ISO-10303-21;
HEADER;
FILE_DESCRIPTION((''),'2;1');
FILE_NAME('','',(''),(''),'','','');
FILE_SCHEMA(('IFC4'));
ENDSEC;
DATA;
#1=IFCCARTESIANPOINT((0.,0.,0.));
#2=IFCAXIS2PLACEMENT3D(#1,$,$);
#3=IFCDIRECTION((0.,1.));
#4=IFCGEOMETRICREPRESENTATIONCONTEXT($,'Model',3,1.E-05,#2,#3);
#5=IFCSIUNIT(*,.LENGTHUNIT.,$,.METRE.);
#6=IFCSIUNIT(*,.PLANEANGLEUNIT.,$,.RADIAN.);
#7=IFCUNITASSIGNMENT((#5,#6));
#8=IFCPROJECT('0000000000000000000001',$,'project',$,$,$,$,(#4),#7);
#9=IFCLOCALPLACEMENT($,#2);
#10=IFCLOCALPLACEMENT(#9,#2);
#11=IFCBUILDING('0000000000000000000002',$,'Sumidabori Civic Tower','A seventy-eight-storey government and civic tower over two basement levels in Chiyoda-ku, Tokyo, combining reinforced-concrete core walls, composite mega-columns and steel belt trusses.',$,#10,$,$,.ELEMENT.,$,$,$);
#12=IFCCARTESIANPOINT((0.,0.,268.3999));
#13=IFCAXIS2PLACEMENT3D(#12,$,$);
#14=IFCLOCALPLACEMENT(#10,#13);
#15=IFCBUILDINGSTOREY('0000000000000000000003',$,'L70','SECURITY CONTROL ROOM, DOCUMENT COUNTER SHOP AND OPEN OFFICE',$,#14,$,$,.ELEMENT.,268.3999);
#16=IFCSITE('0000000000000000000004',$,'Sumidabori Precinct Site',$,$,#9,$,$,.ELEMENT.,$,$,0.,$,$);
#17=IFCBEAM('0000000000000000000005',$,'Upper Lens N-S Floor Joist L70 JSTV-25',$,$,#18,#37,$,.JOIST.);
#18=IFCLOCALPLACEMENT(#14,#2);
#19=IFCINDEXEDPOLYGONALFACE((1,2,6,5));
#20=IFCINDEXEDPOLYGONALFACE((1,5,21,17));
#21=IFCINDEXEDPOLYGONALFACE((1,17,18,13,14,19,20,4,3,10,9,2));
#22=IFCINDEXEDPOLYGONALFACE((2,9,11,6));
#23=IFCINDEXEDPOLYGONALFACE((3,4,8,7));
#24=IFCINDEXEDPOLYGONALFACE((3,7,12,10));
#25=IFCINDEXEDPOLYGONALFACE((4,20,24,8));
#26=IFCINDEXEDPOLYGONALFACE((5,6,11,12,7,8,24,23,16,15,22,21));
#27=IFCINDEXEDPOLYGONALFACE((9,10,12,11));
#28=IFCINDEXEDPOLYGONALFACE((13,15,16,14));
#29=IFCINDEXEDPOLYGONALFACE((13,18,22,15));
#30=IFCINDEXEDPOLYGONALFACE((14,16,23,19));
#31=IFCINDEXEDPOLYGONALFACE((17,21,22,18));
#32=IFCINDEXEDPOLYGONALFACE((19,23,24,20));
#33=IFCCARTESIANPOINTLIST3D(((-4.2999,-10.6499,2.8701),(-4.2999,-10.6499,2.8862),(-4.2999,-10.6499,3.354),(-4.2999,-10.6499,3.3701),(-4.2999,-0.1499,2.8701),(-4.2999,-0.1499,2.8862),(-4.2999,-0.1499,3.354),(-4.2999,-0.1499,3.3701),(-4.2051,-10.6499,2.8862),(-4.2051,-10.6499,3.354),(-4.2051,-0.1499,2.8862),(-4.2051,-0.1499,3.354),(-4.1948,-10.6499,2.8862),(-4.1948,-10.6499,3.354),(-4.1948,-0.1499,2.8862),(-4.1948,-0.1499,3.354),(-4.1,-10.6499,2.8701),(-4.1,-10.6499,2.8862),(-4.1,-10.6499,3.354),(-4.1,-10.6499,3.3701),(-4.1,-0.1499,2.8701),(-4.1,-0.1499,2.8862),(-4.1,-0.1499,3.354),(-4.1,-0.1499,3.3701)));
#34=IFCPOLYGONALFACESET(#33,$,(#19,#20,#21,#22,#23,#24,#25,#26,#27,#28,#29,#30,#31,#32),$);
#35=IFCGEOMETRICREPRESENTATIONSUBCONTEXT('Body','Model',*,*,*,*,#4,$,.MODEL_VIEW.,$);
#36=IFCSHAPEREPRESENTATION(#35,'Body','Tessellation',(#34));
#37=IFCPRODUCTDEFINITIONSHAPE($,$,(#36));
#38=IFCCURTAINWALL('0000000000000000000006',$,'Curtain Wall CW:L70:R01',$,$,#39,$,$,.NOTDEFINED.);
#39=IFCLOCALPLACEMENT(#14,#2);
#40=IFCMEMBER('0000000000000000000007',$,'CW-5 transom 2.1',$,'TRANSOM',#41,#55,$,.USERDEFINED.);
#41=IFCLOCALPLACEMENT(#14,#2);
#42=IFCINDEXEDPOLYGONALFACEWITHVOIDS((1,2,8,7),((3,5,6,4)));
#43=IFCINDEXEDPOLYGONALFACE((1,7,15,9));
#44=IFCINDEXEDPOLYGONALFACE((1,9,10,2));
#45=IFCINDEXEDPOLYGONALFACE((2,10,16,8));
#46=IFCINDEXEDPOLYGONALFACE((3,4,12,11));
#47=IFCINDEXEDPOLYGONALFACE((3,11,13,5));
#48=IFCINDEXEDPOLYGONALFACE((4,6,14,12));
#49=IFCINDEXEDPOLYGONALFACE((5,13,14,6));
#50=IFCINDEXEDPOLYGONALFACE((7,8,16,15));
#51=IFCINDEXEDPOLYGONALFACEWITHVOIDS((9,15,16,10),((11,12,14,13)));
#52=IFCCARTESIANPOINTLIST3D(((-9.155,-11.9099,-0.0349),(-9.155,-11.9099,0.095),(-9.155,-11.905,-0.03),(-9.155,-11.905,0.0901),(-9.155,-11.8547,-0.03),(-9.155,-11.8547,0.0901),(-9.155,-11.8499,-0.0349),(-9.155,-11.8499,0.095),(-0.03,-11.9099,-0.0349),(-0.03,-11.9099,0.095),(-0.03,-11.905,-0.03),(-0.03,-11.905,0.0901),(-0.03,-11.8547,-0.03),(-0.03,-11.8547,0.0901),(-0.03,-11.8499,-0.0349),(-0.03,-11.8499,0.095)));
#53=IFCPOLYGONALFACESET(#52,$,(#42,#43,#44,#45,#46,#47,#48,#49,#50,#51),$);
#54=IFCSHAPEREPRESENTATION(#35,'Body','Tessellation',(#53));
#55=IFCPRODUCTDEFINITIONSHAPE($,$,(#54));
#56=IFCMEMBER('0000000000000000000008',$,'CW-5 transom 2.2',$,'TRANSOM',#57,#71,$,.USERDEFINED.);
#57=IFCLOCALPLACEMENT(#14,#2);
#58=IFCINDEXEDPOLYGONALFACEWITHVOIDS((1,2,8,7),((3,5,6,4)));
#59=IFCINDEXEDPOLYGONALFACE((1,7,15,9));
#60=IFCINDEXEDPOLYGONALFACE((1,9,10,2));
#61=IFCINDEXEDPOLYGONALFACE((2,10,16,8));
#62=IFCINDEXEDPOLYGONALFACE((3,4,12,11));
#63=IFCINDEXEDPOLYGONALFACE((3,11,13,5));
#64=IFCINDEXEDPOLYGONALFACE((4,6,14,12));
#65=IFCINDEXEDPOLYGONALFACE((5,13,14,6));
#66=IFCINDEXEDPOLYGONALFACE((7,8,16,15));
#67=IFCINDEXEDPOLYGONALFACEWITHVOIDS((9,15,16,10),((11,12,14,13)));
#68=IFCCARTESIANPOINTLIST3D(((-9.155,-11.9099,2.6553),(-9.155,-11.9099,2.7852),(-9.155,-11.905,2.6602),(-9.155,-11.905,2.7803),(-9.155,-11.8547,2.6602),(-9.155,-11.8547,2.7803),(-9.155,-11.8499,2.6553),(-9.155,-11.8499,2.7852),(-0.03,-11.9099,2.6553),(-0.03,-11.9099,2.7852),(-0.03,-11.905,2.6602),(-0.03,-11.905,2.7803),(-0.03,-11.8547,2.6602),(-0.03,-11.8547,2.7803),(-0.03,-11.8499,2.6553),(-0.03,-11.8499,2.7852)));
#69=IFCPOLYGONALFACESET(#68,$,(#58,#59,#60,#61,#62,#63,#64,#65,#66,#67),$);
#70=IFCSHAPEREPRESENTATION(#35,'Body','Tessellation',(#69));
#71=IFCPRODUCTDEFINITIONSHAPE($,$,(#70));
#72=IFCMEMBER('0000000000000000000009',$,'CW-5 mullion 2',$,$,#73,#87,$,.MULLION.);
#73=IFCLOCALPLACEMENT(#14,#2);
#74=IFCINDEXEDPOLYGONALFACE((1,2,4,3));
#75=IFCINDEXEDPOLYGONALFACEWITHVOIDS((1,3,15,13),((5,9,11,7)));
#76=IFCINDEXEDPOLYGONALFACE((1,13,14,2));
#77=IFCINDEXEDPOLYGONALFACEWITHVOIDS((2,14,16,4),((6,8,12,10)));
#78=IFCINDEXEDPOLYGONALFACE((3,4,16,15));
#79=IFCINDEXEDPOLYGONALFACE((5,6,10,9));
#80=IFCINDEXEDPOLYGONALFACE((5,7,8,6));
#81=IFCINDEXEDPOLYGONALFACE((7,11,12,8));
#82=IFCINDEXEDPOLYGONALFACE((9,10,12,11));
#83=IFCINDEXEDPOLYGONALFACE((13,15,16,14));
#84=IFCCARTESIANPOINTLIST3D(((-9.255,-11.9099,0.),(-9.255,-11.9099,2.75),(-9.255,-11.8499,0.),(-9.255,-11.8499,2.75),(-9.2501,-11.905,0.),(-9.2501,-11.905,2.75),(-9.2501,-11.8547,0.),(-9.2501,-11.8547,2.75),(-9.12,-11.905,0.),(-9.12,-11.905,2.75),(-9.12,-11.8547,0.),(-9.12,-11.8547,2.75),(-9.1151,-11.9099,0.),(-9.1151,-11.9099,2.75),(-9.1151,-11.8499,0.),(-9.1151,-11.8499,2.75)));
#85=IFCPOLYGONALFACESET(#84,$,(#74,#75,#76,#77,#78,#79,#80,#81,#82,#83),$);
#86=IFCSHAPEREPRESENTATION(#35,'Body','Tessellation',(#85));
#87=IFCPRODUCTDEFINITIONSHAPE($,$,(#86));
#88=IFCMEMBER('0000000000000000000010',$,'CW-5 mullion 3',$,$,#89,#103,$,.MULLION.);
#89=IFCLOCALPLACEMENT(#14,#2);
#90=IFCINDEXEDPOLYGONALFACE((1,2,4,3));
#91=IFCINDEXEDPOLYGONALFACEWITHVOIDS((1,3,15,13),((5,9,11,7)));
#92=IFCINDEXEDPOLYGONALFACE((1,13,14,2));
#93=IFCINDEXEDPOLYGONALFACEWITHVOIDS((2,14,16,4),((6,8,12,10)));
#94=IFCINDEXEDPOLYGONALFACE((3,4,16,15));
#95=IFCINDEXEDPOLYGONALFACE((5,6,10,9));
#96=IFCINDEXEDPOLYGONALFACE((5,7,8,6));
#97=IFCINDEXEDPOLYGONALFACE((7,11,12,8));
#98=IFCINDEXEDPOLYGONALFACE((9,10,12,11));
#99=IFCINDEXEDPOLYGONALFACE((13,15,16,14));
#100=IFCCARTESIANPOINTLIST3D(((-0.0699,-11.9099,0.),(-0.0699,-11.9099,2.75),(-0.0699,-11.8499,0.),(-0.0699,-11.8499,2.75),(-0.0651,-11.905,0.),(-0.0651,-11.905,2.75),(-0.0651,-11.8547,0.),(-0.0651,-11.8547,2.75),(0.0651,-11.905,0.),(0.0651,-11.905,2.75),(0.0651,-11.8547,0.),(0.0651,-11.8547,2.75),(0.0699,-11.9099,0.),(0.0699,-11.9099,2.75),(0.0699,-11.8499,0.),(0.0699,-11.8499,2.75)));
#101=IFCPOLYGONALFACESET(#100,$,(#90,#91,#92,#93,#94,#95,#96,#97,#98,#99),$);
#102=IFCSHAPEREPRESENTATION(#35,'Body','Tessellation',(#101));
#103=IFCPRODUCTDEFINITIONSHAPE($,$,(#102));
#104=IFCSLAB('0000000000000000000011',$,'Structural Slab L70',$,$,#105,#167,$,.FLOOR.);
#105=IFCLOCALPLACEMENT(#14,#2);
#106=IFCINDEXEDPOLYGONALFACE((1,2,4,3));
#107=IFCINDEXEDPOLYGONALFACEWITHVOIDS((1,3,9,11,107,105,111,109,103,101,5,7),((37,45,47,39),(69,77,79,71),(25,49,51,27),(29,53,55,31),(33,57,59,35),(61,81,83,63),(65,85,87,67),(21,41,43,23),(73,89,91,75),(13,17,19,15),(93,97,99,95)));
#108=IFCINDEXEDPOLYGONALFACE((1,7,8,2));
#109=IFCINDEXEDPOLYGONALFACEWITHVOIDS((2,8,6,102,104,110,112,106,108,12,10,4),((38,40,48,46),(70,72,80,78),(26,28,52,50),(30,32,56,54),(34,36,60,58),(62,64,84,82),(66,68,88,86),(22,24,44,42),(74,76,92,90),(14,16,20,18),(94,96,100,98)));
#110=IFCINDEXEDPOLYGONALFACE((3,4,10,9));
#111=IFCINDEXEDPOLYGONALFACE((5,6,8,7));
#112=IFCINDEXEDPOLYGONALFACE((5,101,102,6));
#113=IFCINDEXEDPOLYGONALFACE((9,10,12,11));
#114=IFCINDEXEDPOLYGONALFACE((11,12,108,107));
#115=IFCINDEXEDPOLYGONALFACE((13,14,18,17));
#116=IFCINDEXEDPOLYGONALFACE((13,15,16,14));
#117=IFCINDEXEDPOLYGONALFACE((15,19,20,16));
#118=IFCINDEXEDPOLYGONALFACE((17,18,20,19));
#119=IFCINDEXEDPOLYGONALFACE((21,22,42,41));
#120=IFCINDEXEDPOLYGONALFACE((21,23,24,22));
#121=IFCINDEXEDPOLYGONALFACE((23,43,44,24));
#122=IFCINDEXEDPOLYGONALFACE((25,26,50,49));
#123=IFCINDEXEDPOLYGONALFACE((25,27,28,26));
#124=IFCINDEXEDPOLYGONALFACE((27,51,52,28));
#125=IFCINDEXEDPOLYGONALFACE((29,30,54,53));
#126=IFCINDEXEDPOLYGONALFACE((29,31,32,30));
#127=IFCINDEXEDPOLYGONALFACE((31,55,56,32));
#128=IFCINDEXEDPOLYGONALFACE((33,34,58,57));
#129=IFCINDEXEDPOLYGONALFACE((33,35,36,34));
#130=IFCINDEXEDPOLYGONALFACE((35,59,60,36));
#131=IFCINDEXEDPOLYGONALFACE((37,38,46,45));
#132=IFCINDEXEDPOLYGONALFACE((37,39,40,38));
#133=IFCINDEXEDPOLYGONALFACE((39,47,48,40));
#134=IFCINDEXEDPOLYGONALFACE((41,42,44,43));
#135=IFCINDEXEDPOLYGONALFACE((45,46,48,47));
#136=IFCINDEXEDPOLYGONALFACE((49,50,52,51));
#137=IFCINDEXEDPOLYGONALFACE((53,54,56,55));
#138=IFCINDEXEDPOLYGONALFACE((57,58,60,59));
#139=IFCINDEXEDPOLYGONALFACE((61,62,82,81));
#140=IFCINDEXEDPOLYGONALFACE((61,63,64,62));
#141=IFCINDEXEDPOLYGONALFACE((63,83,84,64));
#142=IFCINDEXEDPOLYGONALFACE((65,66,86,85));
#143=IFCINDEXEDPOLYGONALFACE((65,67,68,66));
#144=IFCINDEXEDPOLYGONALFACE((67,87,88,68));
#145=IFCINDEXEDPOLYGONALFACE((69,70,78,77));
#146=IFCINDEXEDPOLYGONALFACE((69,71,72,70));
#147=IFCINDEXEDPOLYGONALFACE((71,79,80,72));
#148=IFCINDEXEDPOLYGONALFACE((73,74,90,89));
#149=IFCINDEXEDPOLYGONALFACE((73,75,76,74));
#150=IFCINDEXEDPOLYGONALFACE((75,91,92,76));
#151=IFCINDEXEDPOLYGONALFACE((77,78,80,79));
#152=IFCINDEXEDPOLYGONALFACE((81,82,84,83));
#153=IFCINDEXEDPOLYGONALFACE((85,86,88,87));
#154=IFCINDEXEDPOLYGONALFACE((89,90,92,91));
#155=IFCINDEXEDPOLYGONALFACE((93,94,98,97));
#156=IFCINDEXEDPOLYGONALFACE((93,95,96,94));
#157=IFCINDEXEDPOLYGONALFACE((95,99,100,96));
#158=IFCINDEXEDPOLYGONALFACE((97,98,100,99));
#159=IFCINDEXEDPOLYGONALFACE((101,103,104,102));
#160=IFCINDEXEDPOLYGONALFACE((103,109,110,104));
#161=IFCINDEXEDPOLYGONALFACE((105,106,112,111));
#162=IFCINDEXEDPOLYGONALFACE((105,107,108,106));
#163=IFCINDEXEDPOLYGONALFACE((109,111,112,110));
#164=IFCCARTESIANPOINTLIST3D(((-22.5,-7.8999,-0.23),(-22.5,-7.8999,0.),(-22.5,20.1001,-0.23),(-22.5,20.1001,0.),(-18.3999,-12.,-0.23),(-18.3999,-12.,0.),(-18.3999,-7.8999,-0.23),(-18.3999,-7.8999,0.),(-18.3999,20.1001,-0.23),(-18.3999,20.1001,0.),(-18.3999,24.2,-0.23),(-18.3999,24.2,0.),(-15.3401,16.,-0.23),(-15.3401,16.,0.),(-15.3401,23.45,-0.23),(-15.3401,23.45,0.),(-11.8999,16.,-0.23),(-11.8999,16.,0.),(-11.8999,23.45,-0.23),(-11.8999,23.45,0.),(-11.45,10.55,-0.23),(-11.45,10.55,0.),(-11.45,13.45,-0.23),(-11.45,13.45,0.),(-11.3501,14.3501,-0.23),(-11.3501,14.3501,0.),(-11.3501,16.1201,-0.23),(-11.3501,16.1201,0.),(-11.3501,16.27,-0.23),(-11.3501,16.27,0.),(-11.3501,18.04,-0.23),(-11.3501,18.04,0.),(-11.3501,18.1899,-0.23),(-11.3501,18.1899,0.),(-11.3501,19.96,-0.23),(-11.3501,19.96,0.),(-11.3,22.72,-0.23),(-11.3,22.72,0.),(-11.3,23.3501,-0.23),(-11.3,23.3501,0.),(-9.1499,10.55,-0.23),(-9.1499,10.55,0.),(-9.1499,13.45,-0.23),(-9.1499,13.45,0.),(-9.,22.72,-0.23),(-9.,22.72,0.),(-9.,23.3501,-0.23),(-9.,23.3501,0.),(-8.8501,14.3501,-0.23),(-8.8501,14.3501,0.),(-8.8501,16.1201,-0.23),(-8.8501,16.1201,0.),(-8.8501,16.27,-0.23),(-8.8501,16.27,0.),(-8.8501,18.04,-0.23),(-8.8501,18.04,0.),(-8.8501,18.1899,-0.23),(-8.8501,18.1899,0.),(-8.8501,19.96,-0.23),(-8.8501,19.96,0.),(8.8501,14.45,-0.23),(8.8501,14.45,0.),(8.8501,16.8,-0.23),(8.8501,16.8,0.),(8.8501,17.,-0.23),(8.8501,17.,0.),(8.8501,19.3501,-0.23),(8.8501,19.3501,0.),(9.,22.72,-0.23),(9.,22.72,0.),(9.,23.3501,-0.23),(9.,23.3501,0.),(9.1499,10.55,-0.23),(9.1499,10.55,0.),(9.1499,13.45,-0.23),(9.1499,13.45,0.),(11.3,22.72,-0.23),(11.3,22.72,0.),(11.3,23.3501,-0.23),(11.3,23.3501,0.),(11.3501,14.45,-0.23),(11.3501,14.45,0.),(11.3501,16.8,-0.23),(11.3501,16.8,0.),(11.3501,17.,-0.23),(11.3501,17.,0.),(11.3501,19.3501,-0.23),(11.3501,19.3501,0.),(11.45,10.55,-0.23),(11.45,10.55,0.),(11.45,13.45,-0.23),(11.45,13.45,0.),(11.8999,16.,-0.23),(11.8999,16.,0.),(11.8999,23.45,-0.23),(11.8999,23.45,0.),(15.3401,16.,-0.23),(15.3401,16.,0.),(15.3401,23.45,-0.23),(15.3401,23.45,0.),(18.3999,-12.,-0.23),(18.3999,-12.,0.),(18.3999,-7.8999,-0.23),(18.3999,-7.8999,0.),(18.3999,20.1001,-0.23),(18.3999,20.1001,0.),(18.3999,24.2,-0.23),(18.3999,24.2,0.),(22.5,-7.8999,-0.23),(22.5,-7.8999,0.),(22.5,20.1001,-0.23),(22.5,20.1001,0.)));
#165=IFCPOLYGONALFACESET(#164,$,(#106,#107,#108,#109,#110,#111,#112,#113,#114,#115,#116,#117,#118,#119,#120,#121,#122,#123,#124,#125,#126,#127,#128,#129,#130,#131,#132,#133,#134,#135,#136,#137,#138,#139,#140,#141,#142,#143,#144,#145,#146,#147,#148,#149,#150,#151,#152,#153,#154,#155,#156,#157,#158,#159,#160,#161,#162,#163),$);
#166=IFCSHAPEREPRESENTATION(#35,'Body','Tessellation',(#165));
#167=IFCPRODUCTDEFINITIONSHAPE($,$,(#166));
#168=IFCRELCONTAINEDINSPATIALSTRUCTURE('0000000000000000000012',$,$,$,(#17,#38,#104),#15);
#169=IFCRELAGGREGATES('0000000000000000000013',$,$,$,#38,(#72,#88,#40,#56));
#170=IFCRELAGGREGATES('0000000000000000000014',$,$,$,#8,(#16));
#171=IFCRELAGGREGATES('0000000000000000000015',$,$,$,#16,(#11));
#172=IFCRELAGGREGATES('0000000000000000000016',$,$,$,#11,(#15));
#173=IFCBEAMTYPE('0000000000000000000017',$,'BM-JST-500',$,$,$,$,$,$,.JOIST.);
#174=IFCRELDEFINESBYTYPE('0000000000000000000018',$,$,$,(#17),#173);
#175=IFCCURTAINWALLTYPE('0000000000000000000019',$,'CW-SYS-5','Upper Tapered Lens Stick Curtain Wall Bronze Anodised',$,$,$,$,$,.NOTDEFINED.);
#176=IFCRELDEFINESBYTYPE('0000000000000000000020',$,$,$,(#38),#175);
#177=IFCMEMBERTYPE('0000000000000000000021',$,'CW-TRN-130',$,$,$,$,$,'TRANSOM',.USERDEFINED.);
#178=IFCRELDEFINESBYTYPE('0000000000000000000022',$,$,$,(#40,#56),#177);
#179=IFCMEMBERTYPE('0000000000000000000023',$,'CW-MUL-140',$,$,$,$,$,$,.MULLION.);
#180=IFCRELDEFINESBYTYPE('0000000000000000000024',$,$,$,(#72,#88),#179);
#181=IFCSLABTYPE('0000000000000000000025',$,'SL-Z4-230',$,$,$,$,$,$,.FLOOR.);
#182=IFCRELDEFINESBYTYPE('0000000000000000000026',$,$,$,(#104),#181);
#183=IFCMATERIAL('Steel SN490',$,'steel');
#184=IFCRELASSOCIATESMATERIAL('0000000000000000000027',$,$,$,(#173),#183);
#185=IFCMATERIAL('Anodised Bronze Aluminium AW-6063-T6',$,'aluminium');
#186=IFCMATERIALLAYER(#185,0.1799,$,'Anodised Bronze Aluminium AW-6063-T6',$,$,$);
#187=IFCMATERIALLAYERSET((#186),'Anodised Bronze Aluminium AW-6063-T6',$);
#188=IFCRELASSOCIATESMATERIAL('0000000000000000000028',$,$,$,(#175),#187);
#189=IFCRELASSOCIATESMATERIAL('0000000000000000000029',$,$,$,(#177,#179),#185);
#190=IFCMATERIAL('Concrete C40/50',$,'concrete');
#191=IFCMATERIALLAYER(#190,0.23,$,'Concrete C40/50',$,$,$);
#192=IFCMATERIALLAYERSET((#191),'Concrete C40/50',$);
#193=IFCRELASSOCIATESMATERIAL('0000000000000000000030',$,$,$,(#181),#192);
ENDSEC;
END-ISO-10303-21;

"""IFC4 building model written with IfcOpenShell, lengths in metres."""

from ifc_helpers import new_model, si_unit, direction, frame, origin, origin_2d, place, context, subcontext, project, spatial, polyline, hollow_rectangle, i_section, outline, extrude, source, transform, mapped, material, layer, layer_set, material_profile, profile_set, type_object, element, aggregate, save


model = new_model("IFC4")

# Units and contexts
model_context = context("Model", 3, precision=1e-05, world=origin(), true_north=direction((0.0, 1.0)))
body_context = subcontext(model_context, "Body", "Model", "MODEL_VIEW")
ifc_project = project(units=[si_unit("LENGTHUNIT", "METRE"), si_unit("PLANEANGLEUNIT", "RADIAN")], contexts=[model_context])

# Site, building, storey
site_placement = place(None, origin())
site = spatial("IfcSite", under=ifc_project, at=site_placement, Name="Sumidabori Precinct Site", CompositionType="ELEMENT", RefElevation=0.0)
building_placement = place(site_placement, origin())
building = spatial("IfcBuilding", under=site, at=building_placement, Name="Sumidabori Civic Tower", Description="A seventy-eight-storey government and civic tower over two basement levels in Chiyoda-ku, Tokyo, combining reinforced-concrete core walls, composite mega-columns and steel belt trusses.", CompositionType="ELEMENT")
storey_placement = place(building_placement, frame((0.0, 0.0, 268.3999)))
storey = spatial("IfcBuildingStorey", under=building, at=storey_placement, Name="L70", Description="SECURITY CONTROL ROOM, DOCUMENT COUNTER SHOP AND OPEN OFFICE", CompositionType="ELEMENT", Elevation=268.3999)

# Shared definitions
ifc_material_1 = material(Name="Steel SN490", Category="steel")

# Beam
ifc_material_profile_1 = material_profile(ifc_material_1, i_section(OverallWidth=0.2, OverallDepth=0.5, WebThickness=0.0103, FlangeThickness=0.0161, at=origin_2d()), Name="IPE 500")
ifc_profile_set_1 = profile_set([ifc_material_profile_1], Name="Steel SN490")
beam_type_1 = type_object("IfcBeamType", Name="BM-JST-500", PredefinedType="JOIST", material=ifc_profile_set_1)
shared_shape_1 = source(origin(), body_context, "Body", "SweptSolid", [
    extrude(i_section(OverallWidth=0.2, OverallDepth=0.5, WebThickness=0.0103, FlangeThickness=0.0161, at=origin_2d()), origin(), (0.0, 0.0, 1.0), 10.5),
])
for number, where, z_axis, x_axis, name in (
    (1, (-4.2, -10.6499, 3.1201), (0.0, 1.0, 0.0), (-1.0, 0.0, 0.0), "Upper Lens N-S Floor Joist L70 JSTV-25"),
):
    element("IfcBeam", number, at=place(storey_placement, frame(where, z_axis=z_axis, x_axis=x_axis)), inside=storey, type_object=beam_type_1, Name=name, PredefinedType="JOIST", context=body_context, shape_type="MappedRepresentation", body=[
        mapped(shared_shape_1, transform((0.0, 0.0, 0.0), x_axis=(1.0, 0.0, 0.0), y_axis=(0.0, 1.0, 0.0), z_axis=(0.0, 0.0, 1.0), scale=1.0)),
    ])

# Curtain wall, members
ifc_material_2 = material(Name="Anodised Bronze Aluminium AW-6063-T6", Category="aluminium")
ifc_layer_1 = layer(ifc_material_2, 0.1799, Name="Anodised Bronze Aluminium AW-6063-T6")
ifc_layer_set_1 = layer_set([ifc_layer_1], Name="Anodised Bronze Aluminium AW-6063-T6")
curtain_wall_type = type_object("IfcCurtainWallType", Name="CW-SYS-5", Description="Upper Tapered Lens Stick Curtain Wall Bronze Anodised", PredefinedType="NOTDEFINED", material=ifc_layer_set_1)
curtain_wall_placement = place(storey_placement, origin())
curtain_wall = element("IfcCurtainWall", 2, at=curtain_wall_placement, inside=storey, type_object=curtain_wall_type, Name="Curtain Wall CW:L70:R01", PredefinedType="NOTDEFINED")
ifc_material_profile_2 = material_profile(ifc_material_2, hollow_rectangle(XDim=0.0601, YDim=0.1299, WallThickness=0.0049, at=origin_2d()), Name="ALU TRANSOM 130x60")
ifc_profile_set_2 = profile_set([ifc_material_profile_2], Name="Anodised Bronze Aluminium AW-6063-T6")
member_type_1 = type_object("IfcMemberType", Name="CW-TRN-130", ElementType="TRANSOM", PredefinedType="USERDEFINED", material=ifc_profile_set_2)
shared_shape_2 = source(origin(), body_context, "Body", "SweptSolid", [
    extrude(hollow_rectangle(XDim=0.0601, YDim=0.1299, WallThickness=0.0049, at=origin_2d()), origin(), (0.0, 0.0, 1.0), 9.125),
])
member_1_placement = place(storey_placement, frame((-9.155, -11.8799, 0.03), z_axis=(1.0, 0.0, 0.0), x_axis=(0.0, 1.0, 0.0)))
member_1 = element("IfcMember", 3, at=member_1_placement, type_object=member_type_1, Name="CW-5 transom 2.1", ObjectType="TRANSOM", PredefinedType="USERDEFINED", context=body_context, shape_type="MappedRepresentation", body=[
    mapped(shared_shape_2, transform((0.0, 0.0, 0.0), x_axis=(1.0, 0.0, 0.0), y_axis=(0.0, 1.0, 0.0), z_axis=(0.0, 0.0, 1.0), scale=1.0)),
])
member_2_placement = place(storey_placement, frame((-9.155, -11.8799, 2.7202), z_axis=(1.0, 0.0, 0.0), x_axis=(0.0, 1.0, 0.0)))
member_2 = element("IfcMember", 4, at=member_2_placement, type_object=member_type_1, Name="CW-5 transom 2.2", ObjectType="TRANSOM", PredefinedType="USERDEFINED", context=body_context, shape_type="MappedRepresentation", body=[
    mapped(shared_shape_2, transform((0.0, 0.0, 0.0), x_axis=(1.0, 0.0, 0.0), y_axis=(0.0, 1.0, 0.0), z_axis=(0.0, 0.0, 1.0), scale=1.0)),
])
ifc_material_profile_3 = material_profile(ifc_material_2, hollow_rectangle(XDim=0.0601, YDim=0.1399, WallThickness=0.0049, at=origin_2d()), Name="ALU MULLION 140x60")
ifc_profile_set_3 = profile_set([ifc_material_profile_3], Name="Anodised Bronze Aluminium AW-6063-T6")
member_type_2 = type_object("IfcMemberType", Name="CW-MUL-140", PredefinedType="MULLION", material=ifc_profile_set_3)
shared_shape_3 = source(origin(), body_context, "Body", "SweptSolid", [
    extrude(hollow_rectangle(XDim=0.0601, YDim=0.1399, WallThickness=0.0049, at=origin_2d()), origin(), (0.0, 0.0, 1.0), 2.75),
])
member_3_placement = place(storey_placement, frame((-9.1851, -11.8799, 0.0), z_axis=(0.0, 0.0, 1.0), x_axis=(0.0, 1.0, 0.0)))
member_3 = element("IfcMember", 5, at=member_3_placement, type_object=member_type_2, Name="CW-5 mullion 2", PredefinedType="MULLION", context=body_context, shape_type="MappedRepresentation", body=[
    mapped(shared_shape_3, transform((0.0, 0.0, 0.0), x_axis=(1.0, 0.0, 0.0), y_axis=(0.0, 1.0, 0.0), z_axis=(0.0, 0.0, 1.0), scale=1.0)),
])
member_4_placement = place(storey_placement, frame((0.0, -11.8799, 0.0), z_axis=(0.0, 0.0, 1.0), x_axis=(0.0, 1.0, 0.0)))
member_4 = element("IfcMember", 6, at=member_4_placement, type_object=member_type_2, Name="CW-5 mullion 3", PredefinedType="MULLION", context=body_context, shape_type="MappedRepresentation", body=[
    mapped(shared_shape_3, transform((0.0, 0.0, 0.0), x_axis=(1.0, 0.0, 0.0), y_axis=(0.0, 1.0, 0.0), z_axis=(0.0, 0.0, 1.0), scale=1.0)),
])

# Slab
ifc_material_3 = material(Name="Concrete C40/50", Category="concrete")
ifc_layer_2 = layer(ifc_material_3, 0.23, Name="Concrete C40/50")
ifc_layer_set_2 = layer_set([ifc_layer_2], Name="Concrete C40/50")
slab_type = type_object("IfcSlabType", Name="SL-Z4-230", PredefinedType="FLOOR", material=ifc_layer_set_2)
slab_placement = place(storey_placement, frame((0.0, 0.0, -0.23)))
element("IfcSlab", 7, at=slab_placement, inside=storey, type_object=slab_type, Name="Structural Slab L70", PredefinedType="FLOOR", context=body_context, shape_type="SweptSolid", body=[
    extrude(outline(polyline([(-18.3999, -12.0), (18.3999, -12.0), (18.3999, -7.8999), (22.5, -7.8999), (22.5, 20.1001), (18.3999, 20.1001), (18.3999, 24.2), (-18.3999, 24.2), (-18.3999, 20.1001), (-22.5, 20.1001), (-22.5, -7.8999), (-18.3999, -7.8999), (-18.3999, -12.0)]), holes=[polyline([(-11.8999, 16.0), (-11.8999, 23.45), (-15.3401, 23.45), (-15.3401, 16.0), (-11.8999, 16.0)]), polyline([(15.3401, 16.0), (15.3401, 23.45), (11.8999, 23.45), (11.8999, 16.0), (15.3401, 16.0)]), polyline([(-11.45, 10.55), (-9.1499, 10.55), (-9.1499, 13.45), (-11.45, 13.45), (-11.45, 10.55)]), polyline([(9.1499, 10.55), (11.45, 10.55), (11.45, 13.45), (9.1499, 13.45), (9.1499, 10.55)]), polyline([(-11.3501, 14.3501), (-8.8501, 14.3501), (-8.8501, 16.1201), (-11.3501, 16.1201), (-11.3501, 14.3501)]), polyline([(-11.3501, 16.27), (-8.8501, 16.27), (-8.8501, 18.04), (-11.3501, 18.04), (-11.3501, 16.27)]), polyline([(-11.3501, 18.1899), (-8.8501, 18.1899), (-8.8501, 19.96), (-11.3501, 19.96), (-11.3501, 18.1899)]), polyline([(8.8501, 14.45), (11.3501, 14.45), (11.3501, 16.8), (8.8501, 16.8), (8.8501, 14.45)]), polyline([(8.8501, 17.0), (11.3501, 17.0), (11.3501, 19.3501), (8.8501, 19.3501), (8.8501, 17.0)]), polyline([(-11.3, 22.72), (-9.0, 22.72), (-9.0, 23.3501), (-11.3, 23.3501), (-11.3, 22.72)]), polyline([(9.0, 22.72), (11.3, 22.72), (11.3, 23.3501), (9.0, 23.3501), (9.0, 22.72)])]), origin(), (0.0, 0.0, 1.0), 0.23),
])

aggregate(curtain_wall, [member_3, member_4, member_1, member_2])

save(model, "model.ifc")
